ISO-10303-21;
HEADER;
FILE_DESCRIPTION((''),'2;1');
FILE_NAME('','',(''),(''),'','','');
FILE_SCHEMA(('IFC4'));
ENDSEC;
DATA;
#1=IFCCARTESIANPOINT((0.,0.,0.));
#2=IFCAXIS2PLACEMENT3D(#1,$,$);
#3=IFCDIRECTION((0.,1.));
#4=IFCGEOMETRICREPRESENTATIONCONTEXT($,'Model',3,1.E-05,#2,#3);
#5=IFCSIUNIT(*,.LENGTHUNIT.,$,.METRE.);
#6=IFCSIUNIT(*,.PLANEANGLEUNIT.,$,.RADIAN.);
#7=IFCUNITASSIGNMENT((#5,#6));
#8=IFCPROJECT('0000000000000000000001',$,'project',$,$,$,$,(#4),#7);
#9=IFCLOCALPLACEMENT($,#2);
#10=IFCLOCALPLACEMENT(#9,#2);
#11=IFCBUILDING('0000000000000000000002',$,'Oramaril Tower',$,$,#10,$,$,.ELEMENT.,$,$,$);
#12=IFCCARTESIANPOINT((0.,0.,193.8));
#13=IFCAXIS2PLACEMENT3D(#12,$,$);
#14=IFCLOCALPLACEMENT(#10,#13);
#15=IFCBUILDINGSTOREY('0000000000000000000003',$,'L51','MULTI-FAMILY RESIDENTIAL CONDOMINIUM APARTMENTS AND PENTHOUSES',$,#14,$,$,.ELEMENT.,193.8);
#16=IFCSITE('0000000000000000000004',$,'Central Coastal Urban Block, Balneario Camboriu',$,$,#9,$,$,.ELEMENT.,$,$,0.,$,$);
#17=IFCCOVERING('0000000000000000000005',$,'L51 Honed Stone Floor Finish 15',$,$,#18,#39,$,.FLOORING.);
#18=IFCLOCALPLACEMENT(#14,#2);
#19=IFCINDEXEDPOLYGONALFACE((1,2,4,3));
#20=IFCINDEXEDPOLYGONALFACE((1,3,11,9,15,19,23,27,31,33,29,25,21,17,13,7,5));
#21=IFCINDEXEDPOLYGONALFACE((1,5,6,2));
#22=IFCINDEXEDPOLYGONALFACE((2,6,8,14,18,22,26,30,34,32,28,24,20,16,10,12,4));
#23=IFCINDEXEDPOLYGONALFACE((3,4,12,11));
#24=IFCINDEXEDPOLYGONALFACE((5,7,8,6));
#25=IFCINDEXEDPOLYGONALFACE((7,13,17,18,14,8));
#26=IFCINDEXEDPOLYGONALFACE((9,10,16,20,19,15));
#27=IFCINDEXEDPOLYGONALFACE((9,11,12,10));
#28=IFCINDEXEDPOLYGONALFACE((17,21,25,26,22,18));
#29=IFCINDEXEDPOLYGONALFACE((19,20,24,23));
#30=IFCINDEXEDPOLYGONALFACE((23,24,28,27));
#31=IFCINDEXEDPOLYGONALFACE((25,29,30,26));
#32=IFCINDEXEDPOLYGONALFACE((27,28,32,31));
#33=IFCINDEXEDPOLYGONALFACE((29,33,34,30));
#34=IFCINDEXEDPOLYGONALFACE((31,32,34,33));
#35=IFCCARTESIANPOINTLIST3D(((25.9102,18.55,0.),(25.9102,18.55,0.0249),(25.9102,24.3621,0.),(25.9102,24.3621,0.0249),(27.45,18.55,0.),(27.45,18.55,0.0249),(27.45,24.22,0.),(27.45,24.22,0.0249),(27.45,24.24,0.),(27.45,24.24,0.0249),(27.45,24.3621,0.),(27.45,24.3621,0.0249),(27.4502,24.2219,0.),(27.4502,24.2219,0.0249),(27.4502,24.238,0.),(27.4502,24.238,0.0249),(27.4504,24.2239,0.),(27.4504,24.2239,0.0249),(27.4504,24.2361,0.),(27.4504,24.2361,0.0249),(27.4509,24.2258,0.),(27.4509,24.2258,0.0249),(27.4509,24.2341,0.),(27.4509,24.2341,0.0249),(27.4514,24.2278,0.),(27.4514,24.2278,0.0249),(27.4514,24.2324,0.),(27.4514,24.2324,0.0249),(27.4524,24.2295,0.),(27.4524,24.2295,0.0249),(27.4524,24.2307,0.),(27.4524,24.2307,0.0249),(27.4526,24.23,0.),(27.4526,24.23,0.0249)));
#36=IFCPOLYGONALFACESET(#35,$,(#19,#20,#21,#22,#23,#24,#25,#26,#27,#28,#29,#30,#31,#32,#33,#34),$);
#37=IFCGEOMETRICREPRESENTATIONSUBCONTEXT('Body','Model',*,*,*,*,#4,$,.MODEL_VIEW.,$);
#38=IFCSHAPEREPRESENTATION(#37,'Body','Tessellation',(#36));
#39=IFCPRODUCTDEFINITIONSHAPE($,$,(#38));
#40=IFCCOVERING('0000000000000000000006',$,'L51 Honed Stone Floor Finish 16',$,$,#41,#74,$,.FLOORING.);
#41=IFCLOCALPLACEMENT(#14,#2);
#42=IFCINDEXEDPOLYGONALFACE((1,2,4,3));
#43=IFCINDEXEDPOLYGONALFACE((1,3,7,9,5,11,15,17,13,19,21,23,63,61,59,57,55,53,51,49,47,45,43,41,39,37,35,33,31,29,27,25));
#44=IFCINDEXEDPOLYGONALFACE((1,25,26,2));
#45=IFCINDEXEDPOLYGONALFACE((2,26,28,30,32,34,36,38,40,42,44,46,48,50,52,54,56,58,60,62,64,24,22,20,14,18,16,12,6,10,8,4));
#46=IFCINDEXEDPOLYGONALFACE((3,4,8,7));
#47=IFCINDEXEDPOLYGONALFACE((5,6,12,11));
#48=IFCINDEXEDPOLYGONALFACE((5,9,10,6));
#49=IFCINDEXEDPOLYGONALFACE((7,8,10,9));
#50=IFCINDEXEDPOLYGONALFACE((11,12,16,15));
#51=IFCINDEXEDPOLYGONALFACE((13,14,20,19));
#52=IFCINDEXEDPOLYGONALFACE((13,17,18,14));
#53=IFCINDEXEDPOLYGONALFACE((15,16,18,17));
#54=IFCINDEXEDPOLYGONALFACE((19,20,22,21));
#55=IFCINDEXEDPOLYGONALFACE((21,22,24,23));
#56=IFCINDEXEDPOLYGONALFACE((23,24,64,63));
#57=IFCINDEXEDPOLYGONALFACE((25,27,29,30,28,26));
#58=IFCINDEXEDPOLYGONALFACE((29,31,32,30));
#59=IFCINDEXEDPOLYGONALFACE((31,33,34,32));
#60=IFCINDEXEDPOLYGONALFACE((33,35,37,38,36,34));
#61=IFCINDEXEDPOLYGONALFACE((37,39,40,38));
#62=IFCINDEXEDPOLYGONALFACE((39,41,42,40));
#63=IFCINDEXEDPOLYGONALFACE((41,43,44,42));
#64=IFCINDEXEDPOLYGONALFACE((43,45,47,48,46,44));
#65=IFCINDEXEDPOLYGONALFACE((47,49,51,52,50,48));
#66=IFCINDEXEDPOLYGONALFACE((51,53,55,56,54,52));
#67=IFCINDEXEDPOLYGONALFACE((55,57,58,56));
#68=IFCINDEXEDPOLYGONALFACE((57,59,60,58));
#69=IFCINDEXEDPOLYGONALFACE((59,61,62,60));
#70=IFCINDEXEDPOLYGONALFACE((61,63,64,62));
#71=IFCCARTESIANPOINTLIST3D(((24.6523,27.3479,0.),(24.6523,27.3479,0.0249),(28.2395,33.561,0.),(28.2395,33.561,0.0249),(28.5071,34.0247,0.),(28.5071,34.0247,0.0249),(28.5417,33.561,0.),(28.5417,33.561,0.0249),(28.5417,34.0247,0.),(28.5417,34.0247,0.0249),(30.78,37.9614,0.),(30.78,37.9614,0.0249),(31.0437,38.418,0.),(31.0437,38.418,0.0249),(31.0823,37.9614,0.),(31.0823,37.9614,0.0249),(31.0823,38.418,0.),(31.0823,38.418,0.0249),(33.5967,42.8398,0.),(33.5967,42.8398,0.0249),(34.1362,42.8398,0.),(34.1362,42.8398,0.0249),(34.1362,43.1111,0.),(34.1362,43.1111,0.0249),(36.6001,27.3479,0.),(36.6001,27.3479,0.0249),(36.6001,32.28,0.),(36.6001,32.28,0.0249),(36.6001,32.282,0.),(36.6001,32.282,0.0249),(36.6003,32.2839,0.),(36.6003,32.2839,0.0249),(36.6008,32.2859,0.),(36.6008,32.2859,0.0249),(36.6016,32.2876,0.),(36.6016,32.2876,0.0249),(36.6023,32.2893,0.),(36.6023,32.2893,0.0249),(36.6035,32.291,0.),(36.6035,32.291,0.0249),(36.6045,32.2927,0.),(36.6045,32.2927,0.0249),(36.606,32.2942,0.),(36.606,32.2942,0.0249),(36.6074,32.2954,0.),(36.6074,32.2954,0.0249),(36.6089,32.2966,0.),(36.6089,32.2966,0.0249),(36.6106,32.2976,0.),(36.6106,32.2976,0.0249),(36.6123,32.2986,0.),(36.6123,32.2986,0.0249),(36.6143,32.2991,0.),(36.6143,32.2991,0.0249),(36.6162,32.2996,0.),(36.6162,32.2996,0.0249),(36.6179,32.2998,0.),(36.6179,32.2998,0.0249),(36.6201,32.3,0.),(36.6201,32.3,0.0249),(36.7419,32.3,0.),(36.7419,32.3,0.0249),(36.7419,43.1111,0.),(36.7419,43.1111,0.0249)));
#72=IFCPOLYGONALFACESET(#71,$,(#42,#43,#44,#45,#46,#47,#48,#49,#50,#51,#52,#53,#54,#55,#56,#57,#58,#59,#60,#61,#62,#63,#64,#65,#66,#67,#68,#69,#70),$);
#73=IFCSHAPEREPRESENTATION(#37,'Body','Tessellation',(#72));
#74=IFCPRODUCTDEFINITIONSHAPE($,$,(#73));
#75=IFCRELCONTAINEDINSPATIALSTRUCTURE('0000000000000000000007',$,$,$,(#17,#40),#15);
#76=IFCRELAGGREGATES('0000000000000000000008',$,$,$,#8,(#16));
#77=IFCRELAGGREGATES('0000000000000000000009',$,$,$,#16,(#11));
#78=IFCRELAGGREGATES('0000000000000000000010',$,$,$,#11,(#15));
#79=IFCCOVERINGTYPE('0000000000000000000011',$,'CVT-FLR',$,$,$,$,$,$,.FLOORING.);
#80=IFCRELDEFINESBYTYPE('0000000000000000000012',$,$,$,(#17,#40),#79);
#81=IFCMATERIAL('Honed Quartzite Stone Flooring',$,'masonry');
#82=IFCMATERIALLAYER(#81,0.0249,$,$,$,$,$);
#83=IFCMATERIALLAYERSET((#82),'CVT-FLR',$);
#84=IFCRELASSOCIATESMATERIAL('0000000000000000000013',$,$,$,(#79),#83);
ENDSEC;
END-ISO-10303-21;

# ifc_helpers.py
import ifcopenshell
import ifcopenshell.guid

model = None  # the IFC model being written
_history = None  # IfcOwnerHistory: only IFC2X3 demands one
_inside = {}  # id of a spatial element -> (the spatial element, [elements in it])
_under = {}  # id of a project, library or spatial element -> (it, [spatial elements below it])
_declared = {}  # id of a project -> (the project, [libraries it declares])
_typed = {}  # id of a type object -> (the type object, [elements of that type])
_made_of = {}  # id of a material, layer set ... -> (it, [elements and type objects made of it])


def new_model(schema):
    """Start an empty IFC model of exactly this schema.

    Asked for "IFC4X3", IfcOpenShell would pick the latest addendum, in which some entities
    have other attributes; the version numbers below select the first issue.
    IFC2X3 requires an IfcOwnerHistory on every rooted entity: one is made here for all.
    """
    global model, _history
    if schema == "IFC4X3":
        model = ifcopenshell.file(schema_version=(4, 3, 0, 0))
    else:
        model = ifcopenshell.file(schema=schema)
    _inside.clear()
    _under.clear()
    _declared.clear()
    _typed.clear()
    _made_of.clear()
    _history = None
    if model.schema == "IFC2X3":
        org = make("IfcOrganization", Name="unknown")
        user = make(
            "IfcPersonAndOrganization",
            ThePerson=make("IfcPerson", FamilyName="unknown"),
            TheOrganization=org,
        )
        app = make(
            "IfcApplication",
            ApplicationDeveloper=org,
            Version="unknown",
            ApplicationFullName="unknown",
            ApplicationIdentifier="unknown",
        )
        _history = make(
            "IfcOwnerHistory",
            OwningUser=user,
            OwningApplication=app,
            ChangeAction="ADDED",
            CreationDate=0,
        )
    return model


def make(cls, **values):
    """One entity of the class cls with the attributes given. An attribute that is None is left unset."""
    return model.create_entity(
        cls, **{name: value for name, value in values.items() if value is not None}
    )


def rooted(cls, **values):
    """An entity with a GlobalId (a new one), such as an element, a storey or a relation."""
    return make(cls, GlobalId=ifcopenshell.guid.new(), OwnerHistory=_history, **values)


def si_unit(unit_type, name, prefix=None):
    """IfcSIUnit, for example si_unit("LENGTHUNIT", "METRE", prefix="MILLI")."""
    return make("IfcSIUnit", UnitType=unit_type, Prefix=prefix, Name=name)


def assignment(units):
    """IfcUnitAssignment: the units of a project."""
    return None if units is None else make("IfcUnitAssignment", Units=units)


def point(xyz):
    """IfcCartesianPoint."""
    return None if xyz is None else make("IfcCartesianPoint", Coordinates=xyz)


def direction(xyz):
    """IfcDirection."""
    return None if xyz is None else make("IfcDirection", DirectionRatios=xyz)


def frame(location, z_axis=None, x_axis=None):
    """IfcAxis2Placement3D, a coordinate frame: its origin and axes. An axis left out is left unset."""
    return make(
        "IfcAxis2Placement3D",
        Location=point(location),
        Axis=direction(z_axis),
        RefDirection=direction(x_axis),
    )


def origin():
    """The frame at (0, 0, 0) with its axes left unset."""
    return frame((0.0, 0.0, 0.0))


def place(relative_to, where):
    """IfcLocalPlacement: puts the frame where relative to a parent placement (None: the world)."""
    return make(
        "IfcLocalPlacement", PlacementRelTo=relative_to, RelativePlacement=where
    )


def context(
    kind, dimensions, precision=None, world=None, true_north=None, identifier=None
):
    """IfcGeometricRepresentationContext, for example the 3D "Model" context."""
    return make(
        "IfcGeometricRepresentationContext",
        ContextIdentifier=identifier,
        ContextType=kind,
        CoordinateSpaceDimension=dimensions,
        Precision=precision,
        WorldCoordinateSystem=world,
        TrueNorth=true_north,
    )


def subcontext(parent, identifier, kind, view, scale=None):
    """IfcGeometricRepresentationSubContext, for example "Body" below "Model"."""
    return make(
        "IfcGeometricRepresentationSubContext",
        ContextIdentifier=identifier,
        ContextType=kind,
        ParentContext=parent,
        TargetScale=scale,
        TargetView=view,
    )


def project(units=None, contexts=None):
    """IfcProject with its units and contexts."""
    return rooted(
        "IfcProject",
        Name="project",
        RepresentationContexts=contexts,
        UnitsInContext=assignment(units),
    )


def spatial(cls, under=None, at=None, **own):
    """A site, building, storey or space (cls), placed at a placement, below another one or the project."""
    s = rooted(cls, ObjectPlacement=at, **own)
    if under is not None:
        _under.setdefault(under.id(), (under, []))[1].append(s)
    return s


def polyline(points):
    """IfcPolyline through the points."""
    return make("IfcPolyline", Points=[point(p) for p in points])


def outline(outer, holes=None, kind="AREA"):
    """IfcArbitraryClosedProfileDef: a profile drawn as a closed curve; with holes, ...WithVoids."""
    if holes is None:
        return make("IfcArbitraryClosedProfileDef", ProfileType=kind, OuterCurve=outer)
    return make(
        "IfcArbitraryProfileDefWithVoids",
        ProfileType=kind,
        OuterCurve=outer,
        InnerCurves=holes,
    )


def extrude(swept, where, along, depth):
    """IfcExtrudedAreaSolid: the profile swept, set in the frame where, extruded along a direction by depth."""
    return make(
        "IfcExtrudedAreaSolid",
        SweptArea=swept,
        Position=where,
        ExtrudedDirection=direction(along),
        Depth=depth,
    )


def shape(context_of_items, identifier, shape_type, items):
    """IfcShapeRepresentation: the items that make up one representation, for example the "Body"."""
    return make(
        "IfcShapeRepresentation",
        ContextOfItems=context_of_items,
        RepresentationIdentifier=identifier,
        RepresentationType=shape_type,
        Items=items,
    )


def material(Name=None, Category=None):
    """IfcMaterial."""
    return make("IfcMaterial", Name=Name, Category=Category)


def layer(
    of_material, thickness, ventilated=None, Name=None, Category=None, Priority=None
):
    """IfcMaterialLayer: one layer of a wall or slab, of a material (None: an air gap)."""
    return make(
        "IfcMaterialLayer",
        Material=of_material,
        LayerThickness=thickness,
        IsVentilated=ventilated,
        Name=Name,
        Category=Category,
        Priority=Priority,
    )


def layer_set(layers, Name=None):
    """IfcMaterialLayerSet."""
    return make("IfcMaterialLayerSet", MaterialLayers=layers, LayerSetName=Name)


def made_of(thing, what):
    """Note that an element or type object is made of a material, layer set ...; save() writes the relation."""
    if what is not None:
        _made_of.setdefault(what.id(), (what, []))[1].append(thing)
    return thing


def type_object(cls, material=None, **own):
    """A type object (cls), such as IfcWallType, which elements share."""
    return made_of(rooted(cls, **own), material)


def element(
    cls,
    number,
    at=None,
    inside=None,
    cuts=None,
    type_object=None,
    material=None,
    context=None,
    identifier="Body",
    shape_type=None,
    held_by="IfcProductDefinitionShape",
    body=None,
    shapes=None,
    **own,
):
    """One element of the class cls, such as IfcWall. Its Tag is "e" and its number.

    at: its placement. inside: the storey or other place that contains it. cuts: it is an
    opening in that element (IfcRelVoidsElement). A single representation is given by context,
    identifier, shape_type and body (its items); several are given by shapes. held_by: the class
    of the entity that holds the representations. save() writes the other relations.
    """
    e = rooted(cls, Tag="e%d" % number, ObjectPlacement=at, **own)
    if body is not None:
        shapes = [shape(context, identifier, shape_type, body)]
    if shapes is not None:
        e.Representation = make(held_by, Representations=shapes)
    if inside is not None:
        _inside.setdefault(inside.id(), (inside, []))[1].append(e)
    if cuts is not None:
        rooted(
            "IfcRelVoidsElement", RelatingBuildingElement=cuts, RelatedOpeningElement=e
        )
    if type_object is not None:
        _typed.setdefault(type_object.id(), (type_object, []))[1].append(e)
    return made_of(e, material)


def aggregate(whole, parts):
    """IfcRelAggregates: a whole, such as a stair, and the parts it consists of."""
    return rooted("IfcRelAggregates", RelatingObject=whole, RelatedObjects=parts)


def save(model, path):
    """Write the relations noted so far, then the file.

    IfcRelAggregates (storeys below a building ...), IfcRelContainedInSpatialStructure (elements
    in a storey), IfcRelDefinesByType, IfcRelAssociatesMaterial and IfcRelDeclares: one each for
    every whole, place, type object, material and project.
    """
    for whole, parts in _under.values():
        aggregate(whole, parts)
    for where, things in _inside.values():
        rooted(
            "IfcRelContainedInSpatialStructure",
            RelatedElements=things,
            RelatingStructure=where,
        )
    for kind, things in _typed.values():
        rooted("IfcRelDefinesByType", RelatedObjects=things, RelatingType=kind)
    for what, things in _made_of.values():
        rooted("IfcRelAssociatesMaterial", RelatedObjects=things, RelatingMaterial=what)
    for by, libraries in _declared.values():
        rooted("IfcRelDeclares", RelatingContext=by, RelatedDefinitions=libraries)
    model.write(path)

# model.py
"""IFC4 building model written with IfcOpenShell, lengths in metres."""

from ifc_helpers import new_model, si_unit, direction, frame, origin, place, context, subcontext, project, spatial, polyline, outline, extrude, material, layer, layer_set, type_object, element, save


model = new_model("IFC4")

# Units and contexts
model_context = context("Model", 3, precision=1e-05, world=origin(), true_north=direction((0.0, 1.0)))
body_context = subcontext(model_context, "Body", "Model", "MODEL_VIEW")
ifc_project = project(units=[si_unit("LENGTHUNIT", "METRE"), si_unit("PLANEANGLEUNIT", "RADIAN")], contexts=[model_context])

# Site, building, storey
site_placement = place(None, origin())
site = spatial("IfcSite", under=ifc_project, at=site_placement, Name="Central Coastal Urban Block, Balneario Camboriu", CompositionType="ELEMENT", RefElevation=0.0)
building_placement = place(site_placement, origin())
building = spatial("IfcBuilding", under=site, at=building_placement, Name="Oramaril Tower", CompositionType="ELEMENT")
storey_placement = place(building_placement, frame((0.0, 0.0, 193.8)))
storey = spatial("IfcBuildingStorey", under=building, at=storey_placement, Name="L51", Description="MULTI-FAMILY RESIDENTIAL CONDOMINIUM APARTMENTS AND PENTHOUSES", CompositionType="ELEMENT", Elevation=193.8)

# Coverings
ifc_material_1 = material(Name="Honed Quartzite Stone Flooring", Category="masonry")
ifc_layer_1 = layer(ifc_material_1, 0.0249)
ifc_layer_set_1 = layer_set([ifc_layer_1], Name="CVT-FLR")
covering_type_1 = type_object("IfcCoveringType", Name="CVT-FLR", PredefinedType="FLOORING", material=ifc_layer_set_1)
covering_1_placement = place(storey_placement, origin())
element("IfcCovering", 1, at=covering_1_placement, inside=storey, type_object=covering_type_1, Name="L51 Honed Stone Floor Finish 15", PredefinedType="FLOORING", context=body_context, shape_type="SweptSolid", body=[
    extrude(outline(polyline([(27.45, 24.3621), (27.45, 24.24), (27.4502, 24.238), (27.4504, 24.2361), (27.4509, 24.2341), (27.4514, 24.2324), (27.4524, 24.2307), (27.4526, 24.23), (27.4524, 24.2295), (27.4514, 24.2278), (27.4509, 24.2258), (27.4504, 24.2239), (27.4502, 24.2219), (27.45, 24.22), (27.45, 18.55), (25.9102, 18.55), (25.9102, 24.3621), (27.45, 24.3621)])), origin(), (0.0, 0.0, 1.0), 0.0249),
])
covering_2_placement = place(storey_placement, origin())
element("IfcCovering", 2, at=covering_2_placement, inside=storey, type_object=covering_type_1, Name="L51 Honed Stone Floor Finish 16", PredefinedType="FLOORING", context=body_context, shape_type="SweptSolid", body=[
    extrude(outline(polyline([(36.7419, 32.3), (36.6201, 32.3), (36.6179, 32.2998), (36.6162, 32.2996), (36.6143, 32.2991), (36.6123, 32.2986), (36.6106, 32.2976), (36.6089, 32.2966), (36.6074, 32.2954), (36.606, 32.2942), (36.6045, 32.2927), (36.6035, 32.291), (36.6023, 32.2893), (36.6016, 32.2876), (36.6008, 32.2859), (36.6003, 32.2839), (36.6001, 32.282), (36.6001, 32.28), (36.6001, 27.3479), (24.6523, 27.3479), (28.2395, 33.561), (28.5417, 33.561), (28.5417, 34.0247), (28.5071, 34.0247), (30.78, 37.9614), (31.0823, 37.9614), (31.0823, 38.418), (31.0437, 38.418), (33.5967, 42.8398), (34.1362, 42.8398), (34.1362, 43.1111), (36.7419, 43.1111), (36.7419, 32.3)])), origin(), (0.0, 0.0, 1.0), 0.0249),
])

save(model, "model.ifc")
